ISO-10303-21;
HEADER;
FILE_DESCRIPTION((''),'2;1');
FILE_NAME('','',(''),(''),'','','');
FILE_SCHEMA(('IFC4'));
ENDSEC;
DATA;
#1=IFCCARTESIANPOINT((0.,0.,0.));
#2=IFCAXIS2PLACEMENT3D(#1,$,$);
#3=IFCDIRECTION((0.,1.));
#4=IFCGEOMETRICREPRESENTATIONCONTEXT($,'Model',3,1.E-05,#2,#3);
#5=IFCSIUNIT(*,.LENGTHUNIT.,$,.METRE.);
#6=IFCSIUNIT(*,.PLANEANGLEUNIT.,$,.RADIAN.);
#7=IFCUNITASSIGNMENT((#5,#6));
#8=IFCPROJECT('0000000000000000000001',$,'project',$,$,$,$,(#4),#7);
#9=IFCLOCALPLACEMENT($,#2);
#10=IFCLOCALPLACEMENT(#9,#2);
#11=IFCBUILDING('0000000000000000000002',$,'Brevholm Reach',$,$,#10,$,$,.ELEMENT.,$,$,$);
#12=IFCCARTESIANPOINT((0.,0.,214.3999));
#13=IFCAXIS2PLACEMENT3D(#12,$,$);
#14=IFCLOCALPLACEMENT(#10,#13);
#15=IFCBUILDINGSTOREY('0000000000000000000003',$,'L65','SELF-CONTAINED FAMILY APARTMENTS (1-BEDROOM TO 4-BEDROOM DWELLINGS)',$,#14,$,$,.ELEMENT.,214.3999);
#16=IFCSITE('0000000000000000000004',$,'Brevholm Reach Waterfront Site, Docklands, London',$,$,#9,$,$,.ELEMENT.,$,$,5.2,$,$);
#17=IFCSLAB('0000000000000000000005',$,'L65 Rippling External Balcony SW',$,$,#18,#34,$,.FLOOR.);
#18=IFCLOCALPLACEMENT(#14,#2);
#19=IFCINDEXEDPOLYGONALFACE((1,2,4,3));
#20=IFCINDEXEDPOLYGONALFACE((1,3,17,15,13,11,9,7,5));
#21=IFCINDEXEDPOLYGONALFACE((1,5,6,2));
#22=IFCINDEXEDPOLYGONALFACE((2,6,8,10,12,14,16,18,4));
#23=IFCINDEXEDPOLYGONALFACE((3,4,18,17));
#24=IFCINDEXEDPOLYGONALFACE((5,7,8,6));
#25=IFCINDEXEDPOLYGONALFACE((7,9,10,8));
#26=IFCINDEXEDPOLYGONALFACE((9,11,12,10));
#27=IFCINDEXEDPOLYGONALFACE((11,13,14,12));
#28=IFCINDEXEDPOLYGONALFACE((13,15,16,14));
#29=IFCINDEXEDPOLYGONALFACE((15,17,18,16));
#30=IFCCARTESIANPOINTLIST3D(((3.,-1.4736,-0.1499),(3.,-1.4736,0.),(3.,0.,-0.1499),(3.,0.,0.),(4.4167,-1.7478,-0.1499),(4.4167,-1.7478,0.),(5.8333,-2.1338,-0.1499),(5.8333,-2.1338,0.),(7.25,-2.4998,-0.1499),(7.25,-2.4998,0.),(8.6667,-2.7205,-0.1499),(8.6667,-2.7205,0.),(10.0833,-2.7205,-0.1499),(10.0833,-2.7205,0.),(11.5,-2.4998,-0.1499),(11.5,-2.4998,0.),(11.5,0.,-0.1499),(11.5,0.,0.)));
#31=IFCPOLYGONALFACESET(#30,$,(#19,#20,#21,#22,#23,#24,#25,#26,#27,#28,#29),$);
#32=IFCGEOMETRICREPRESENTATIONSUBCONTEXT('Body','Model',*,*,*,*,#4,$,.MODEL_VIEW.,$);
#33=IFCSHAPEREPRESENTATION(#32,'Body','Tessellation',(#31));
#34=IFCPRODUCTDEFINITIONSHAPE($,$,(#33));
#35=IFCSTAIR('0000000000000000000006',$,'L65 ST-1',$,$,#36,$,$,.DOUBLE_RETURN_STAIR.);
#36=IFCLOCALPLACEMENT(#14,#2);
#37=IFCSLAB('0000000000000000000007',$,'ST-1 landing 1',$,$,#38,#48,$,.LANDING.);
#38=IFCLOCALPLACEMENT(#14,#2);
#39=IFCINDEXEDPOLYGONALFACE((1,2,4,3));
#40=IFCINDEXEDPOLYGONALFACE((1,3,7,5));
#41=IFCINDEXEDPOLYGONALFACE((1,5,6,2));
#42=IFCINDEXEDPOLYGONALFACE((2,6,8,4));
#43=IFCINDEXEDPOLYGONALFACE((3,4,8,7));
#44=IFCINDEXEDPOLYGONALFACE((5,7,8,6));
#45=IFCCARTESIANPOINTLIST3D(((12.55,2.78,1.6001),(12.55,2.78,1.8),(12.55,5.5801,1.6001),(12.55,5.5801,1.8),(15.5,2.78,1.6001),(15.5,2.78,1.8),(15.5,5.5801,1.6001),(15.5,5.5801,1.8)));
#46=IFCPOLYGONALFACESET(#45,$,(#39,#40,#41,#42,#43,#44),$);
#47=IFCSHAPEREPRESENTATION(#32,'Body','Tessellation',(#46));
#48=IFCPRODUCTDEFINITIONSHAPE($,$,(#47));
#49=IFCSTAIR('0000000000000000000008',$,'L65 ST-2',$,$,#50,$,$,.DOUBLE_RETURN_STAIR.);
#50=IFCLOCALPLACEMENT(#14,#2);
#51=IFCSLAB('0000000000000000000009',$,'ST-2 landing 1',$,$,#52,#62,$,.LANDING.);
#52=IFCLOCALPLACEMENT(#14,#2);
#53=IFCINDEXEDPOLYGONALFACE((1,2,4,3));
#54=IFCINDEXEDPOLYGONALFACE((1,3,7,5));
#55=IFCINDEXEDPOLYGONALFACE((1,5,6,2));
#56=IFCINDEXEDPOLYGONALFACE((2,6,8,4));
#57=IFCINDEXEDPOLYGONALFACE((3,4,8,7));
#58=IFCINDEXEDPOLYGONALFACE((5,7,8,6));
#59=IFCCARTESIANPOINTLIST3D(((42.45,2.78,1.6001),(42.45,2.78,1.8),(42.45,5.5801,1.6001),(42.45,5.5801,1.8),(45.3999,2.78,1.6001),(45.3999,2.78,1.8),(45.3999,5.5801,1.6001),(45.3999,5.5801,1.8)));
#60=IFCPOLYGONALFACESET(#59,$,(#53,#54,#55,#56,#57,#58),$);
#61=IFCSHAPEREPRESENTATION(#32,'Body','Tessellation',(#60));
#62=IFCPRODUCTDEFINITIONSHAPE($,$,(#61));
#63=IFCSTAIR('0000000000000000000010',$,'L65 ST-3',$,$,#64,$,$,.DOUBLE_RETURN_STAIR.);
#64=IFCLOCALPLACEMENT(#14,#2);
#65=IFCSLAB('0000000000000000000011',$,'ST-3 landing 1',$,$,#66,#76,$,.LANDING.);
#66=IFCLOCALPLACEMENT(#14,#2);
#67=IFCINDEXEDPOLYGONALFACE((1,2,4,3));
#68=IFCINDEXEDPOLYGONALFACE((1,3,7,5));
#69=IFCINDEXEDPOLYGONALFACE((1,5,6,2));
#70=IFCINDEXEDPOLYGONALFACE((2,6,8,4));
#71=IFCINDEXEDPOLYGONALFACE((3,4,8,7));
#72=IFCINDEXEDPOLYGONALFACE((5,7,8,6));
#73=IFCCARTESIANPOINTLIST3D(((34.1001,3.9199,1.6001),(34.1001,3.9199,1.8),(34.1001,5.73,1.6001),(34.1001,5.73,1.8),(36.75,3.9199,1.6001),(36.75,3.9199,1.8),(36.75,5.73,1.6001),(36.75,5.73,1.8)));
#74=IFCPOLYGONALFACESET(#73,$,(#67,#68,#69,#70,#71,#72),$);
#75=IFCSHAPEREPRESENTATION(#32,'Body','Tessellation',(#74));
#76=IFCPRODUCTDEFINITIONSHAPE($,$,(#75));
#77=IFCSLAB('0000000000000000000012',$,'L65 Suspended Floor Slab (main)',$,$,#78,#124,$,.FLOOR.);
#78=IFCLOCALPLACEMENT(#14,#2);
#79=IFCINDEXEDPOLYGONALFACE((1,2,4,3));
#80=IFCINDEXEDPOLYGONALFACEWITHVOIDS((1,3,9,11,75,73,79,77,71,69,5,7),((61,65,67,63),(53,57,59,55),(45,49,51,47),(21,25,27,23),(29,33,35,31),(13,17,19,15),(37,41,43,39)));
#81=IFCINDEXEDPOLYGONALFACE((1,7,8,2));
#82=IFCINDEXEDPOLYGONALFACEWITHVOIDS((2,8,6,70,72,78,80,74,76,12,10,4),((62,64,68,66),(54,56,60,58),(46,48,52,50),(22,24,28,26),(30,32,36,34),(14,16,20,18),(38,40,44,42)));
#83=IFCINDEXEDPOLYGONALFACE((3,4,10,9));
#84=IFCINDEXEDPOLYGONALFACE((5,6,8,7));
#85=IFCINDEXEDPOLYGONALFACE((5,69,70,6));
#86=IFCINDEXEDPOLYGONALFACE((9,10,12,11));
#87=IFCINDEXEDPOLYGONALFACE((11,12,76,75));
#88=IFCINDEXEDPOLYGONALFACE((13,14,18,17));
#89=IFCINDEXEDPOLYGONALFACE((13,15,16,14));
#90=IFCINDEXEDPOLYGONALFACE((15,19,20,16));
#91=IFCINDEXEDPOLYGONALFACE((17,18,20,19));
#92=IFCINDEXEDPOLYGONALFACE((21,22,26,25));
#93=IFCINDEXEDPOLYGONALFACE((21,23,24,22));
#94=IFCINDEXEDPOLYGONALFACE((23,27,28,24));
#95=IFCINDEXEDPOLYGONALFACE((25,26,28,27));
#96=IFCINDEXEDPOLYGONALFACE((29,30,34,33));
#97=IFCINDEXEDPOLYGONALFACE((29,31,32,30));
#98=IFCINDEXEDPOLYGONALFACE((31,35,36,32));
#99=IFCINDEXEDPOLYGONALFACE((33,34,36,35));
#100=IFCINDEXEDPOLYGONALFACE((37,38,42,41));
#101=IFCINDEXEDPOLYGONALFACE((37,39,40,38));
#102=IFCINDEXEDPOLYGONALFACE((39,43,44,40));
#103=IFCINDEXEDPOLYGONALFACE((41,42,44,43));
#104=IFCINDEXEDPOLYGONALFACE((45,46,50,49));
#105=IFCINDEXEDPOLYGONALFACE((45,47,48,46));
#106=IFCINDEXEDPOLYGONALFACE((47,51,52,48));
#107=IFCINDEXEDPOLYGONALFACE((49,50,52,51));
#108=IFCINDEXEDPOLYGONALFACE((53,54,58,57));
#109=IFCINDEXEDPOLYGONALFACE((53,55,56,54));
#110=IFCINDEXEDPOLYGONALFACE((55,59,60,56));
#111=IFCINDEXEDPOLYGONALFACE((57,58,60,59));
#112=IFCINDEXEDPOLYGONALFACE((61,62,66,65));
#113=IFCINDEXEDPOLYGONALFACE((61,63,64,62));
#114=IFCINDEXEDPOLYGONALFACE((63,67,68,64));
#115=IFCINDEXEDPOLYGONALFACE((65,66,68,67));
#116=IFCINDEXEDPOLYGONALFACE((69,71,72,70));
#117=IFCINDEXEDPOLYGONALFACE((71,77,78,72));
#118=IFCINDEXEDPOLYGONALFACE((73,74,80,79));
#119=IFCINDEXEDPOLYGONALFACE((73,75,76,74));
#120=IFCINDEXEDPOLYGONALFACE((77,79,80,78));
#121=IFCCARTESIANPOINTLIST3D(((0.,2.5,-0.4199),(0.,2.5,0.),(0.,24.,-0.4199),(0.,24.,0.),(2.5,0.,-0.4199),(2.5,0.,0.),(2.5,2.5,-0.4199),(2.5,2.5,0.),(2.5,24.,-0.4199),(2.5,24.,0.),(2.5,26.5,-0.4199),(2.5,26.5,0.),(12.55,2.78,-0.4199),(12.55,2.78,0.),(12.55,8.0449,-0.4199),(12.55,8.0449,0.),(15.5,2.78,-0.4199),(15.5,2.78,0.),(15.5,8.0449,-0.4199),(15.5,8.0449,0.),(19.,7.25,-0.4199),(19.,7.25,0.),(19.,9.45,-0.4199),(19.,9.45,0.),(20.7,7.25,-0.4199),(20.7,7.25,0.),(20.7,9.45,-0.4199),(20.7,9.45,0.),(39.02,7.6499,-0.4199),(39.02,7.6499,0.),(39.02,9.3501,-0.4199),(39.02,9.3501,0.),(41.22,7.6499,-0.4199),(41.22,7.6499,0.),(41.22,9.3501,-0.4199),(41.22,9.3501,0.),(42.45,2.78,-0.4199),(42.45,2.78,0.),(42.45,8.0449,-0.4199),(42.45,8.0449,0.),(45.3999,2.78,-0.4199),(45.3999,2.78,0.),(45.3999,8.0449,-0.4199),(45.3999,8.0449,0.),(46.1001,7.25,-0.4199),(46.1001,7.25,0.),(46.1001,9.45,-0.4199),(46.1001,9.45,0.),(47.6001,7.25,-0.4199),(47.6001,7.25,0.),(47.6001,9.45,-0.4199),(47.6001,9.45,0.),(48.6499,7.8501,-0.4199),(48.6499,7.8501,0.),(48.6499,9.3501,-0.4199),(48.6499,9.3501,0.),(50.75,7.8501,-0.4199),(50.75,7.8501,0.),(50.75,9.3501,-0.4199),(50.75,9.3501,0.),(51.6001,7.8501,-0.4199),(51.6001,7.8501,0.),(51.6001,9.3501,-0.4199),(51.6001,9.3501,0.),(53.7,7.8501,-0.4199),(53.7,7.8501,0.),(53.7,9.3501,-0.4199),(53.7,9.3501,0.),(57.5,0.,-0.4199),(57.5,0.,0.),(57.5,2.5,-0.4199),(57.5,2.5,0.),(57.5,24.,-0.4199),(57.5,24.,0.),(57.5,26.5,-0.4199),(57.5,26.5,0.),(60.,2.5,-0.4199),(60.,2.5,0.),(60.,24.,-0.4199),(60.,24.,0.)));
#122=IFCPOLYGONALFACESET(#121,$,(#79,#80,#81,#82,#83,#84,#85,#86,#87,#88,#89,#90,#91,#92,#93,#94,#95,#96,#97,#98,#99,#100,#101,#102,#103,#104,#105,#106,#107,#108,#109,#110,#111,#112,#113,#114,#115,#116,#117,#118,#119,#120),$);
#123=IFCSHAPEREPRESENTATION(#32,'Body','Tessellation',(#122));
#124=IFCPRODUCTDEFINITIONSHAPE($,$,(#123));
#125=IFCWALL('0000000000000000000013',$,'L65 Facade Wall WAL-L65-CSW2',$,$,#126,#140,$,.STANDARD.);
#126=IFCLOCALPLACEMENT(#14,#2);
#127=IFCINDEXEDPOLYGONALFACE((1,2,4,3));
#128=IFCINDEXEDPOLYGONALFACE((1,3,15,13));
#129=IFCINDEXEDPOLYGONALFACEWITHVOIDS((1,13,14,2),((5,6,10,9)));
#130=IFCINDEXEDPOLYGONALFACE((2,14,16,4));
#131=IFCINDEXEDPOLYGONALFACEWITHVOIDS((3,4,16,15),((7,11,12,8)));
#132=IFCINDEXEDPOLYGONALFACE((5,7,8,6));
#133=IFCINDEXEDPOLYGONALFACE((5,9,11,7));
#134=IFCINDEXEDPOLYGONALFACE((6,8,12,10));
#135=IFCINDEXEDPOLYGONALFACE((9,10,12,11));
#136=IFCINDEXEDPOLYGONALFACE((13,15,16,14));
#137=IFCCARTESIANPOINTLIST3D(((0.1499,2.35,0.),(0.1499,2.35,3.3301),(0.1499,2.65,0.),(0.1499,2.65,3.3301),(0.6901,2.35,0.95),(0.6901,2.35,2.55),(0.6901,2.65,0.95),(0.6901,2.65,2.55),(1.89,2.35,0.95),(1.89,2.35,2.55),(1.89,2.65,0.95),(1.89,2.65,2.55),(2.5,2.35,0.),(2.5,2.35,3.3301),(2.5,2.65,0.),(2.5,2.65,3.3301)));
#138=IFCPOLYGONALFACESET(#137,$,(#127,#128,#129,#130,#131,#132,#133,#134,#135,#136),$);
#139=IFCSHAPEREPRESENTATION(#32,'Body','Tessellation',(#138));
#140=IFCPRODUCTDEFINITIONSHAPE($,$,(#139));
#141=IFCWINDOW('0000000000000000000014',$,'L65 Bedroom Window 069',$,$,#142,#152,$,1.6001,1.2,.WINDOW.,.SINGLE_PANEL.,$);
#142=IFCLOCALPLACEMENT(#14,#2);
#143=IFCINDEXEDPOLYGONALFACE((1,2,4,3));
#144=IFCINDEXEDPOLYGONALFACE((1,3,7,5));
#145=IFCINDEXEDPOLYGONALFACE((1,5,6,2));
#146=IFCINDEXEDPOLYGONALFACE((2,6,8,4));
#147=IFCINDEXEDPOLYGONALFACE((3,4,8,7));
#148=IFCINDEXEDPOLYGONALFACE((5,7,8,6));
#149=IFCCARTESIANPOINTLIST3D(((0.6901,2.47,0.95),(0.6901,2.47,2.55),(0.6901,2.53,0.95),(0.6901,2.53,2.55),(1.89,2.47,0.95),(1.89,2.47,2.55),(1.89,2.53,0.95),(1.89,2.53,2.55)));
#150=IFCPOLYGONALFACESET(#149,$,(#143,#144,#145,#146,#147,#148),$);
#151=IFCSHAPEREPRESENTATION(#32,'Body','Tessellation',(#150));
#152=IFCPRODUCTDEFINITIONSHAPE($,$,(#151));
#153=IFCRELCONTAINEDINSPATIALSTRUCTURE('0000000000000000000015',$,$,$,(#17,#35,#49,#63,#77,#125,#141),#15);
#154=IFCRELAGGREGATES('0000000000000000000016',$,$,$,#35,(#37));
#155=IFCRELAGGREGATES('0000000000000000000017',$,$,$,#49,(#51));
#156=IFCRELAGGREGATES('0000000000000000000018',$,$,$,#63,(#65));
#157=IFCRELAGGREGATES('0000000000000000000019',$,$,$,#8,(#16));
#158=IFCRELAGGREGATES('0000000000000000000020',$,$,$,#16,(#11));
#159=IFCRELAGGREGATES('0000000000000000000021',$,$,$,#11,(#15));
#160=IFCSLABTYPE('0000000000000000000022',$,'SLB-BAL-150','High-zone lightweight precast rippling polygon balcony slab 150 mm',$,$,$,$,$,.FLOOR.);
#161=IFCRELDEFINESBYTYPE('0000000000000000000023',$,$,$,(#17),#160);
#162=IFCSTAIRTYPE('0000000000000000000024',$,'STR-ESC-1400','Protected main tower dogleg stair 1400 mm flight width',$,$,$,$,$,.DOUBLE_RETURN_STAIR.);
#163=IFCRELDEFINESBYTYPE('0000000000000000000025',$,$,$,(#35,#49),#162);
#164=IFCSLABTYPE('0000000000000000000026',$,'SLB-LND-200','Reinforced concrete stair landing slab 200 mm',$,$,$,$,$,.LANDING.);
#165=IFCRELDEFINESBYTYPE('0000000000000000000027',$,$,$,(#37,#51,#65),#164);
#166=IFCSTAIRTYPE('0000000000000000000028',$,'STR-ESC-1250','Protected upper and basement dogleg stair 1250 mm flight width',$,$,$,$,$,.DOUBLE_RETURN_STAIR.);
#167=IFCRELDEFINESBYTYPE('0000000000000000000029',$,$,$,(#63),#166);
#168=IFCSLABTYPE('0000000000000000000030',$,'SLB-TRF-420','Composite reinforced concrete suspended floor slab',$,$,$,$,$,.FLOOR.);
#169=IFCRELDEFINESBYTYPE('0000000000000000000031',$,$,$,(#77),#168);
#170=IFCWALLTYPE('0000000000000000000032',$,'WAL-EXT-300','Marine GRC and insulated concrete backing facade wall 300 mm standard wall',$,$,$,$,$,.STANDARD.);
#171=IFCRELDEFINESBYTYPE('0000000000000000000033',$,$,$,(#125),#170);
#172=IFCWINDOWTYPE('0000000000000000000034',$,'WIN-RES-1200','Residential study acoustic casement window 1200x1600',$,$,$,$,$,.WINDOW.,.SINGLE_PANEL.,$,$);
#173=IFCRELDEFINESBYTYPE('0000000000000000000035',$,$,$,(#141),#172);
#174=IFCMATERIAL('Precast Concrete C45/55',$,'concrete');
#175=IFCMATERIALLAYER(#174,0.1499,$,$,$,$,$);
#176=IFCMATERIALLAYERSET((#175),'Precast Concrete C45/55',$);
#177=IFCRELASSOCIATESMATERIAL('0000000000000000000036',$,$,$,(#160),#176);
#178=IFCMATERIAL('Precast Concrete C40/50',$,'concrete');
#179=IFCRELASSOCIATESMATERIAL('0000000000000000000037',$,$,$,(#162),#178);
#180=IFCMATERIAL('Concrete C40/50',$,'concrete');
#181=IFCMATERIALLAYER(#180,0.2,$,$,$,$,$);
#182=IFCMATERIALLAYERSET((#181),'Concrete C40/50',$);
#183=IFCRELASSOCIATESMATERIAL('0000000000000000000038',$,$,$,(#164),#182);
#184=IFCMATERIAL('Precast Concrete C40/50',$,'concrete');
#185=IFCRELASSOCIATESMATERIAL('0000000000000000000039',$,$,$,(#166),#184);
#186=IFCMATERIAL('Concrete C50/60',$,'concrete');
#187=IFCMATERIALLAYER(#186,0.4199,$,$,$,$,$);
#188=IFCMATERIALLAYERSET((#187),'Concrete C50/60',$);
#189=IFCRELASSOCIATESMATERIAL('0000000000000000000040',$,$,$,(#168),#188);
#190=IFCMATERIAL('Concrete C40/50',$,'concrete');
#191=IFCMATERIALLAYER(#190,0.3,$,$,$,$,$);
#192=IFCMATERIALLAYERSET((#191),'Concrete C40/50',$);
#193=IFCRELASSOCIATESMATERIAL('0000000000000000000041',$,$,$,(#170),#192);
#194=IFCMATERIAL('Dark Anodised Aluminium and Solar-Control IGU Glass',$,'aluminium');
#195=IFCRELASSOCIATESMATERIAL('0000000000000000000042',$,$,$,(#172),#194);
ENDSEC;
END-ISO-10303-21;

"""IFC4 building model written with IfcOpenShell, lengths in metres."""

from ifc_helpers import new_model, si_unit, direction, frame, frame_2d, origin, place, context, subcontext, project, spatial, polyline, rectangle, outline, extrude, material, layer, layer_set, type_object, element, fill, aggregate, save


model = new_model("IFC4")

# Units and contexts
model_context = context("Model", 3, precision=1e-05, world=origin(), true_north=direction((0.0, 1.0)))
body_context = subcontext(model_context, "Body", "Model", "MODEL_VIEW")
ifc_project = project(units=[si_unit("LENGTHUNIT", "METRE"), si_unit("PLANEANGLEUNIT", "RADIAN")], contexts=[model_context])

# Site, building, storey
site_placement = place(None, origin())
site = spatial("IfcSite", under=ifc_project, at=site_placement, Name="Brevholm Reach Waterfront Site, Docklands, London", CompositionType="ELEMENT", RefElevation=5.2)
building_placement = place(site_placement, origin())
building = spatial("IfcBuilding", under=site, at=building_placement, Name="Brevholm Reach", CompositionType="ELEMENT")
storey_placement = place(building_placement, frame((0.0, 0.0, 214.3999)))
storey = spatial("IfcBuildingStorey", under=building, at=storey_placement, Name="L65", Description="SELF-CONTAINED FAMILY APARTMENTS (1-BEDROOM TO 4-BEDROOM DWELLINGS)", CompositionType="ELEMENT", Elevation=214.3999)

# Slab
ifc_material_1 = material(Name="Precast Concrete C45/55", Category="concrete")
ifc_layer_1 = layer(ifc_material_1, 0.1499)
ifc_layer_set_1 = layer_set([ifc_layer_1], Name="Precast Concrete C45/55")
slab_type_1 = type_object("IfcSlabType", Name="SLB-BAL-150", Description="High-zone lightweight precast rippling polygon balcony slab 150 mm", PredefinedType="FLOOR", material=ifc_layer_set_1)
slab_1_placement = place(storey_placement, frame((0.0, 0.0, -0.1499)))
element("IfcSlab", 1, at=slab_1_placement, inside=storey, type_object=slab_type_1, Name="L65 Rippling External Balcony SW", PredefinedType="FLOOR", context=body_context, shape_type="SweptSolid", body=[
    extrude(outline(polyline([(3.0, -1.4736), (4.4167, -1.7478), (5.8333, -2.1338), (7.25, -2.4998), (8.6667, -2.7205), (10.0833, -2.7205), (11.5, -2.4998), (11.5, 0.0), (3.0, 0.0), (3.0, -1.4736)])), origin(), (0.0, 0.0, 1.0), 0.1499),
])

# Stairs, slabs
ifc_material_2 = material(Name="Precast Concrete C40/50", Category="concrete")
stair_type_1 = type_object("IfcStairType", Name="STR-ESC-1400", Description="Protected main tower dogleg stair 1400 mm flight width", PredefinedType="DOUBLE_RETURN_STAIR", material=ifc_material_2)
stair_1_placement = place(storey_placement, origin())
stair_1 = element("IfcStair", 2, at=stair_1_placement, inside=storey, type_object=stair_type_1, Name="L65 ST-1", PredefinedType="DOUBLE_RETURN_STAIR")
ifc_material_3 = material(Name="Concrete C40/50", Category="concrete")
ifc_layer_2 = layer(ifc_material_3, 0.2)
ifc_layer_set_2 = layer_set([ifc_layer_2], Name="Concrete C40/50")
slab_type_2 = type_object("IfcSlabType", Name="SLB-LND-200", Description="Reinforced concrete stair landing slab 200 mm", PredefinedType="LANDING", material=ifc_layer_set_2)
slab_2_placement = place(storey_placement, frame((0.0, 0.0, 1.6001)))
slab_2 = element("IfcSlab", 3, at=slab_2_placement, type_object=slab_type_2, Name="ST-1 landing 1", PredefinedType="LANDING", context=body_context, shape_type="SweptSolid", body=[
    extrude(outline(polyline([(12.55, 5.5801), (12.55, 2.78), (15.5, 2.78), (15.5, 5.5801), (12.55, 5.5801)])), origin(), (0.0, 0.0, 1.0), 0.2),
])
aggregate(stair_1, [slab_2])
stair_2_placement = place(storey_placement, origin())
stair_2 = element("IfcStair", 4, at=stair_2_placement, inside=storey, type_object=stair_type_1, Name="L65 ST-2", PredefinedType="DOUBLE_RETURN_STAIR")
slab_3_placement = place(storey_placement, frame((0.0, 0.0, 1.6001)))
slab_3 = element("IfcSlab", 5, at=slab_3_placement, type_object=slab_type_2, Name="ST-2 landing 1", PredefinedType="LANDING", context=body_context, shape_type="SweptSolid", body=[
    extrude(outline(polyline([(42.45, 5.5801), (42.45, 2.78), (45.3999, 2.78), (45.3999, 5.5801), (42.45, 5.5801)])), origin(), (0.0, 0.0, 1.0), 0.2),
])
aggregate(stair_2, [slab_3])
ifc_material_4 = material(Name="Precast Concrete C40/50", Category="concrete")
stair_type_2 = type_object("IfcStairType", Name="STR-ESC-1250", Description="Protected upper and basement dogleg stair 1250 mm flight width", PredefinedType="DOUBLE_RETURN_STAIR", material=ifc_material_4)
stair_3_placement = place(storey_placement, origin())
stair_3 = element("IfcStair", 6, at=stair_3_placement, inside=storey, type_object=stair_type_2, Name="L65 ST-3", PredefinedType="DOUBLE_RETURN_STAIR")
slab_4_placement = place(storey_placement, frame((0.0, 0.0, 1.6001)))
slab_4 = element("IfcSlab", 7, at=slab_4_placement, type_object=slab_type_2, Name="ST-3 landing 1", PredefinedType="LANDING", context=body_context, shape_type="SweptSolid", body=[
    extrude(outline(polyline([(34.1001, 5.73), (34.1001, 3.9199), (36.75, 3.9199), (36.75, 5.73), (34.1001, 5.73)])), origin(), (0.0, 0.0, 1.0), 0.2),
])
aggregate(stair_3, [slab_4])

# Slab
ifc_material_5 = material(Name="Concrete C50/60", Category="concrete")
ifc_layer_3 = layer(ifc_material_5, 0.4199)
ifc_layer_set_3 = layer_set([ifc_layer_3], Name="Concrete C50/60")
slab_type_3 = type_object("IfcSlabType", Name="SLB-TRF-420", Description="Composite reinforced concrete suspended floor slab", PredefinedType="FLOOR", material=ifc_layer_set_3)
slab_5_placement = place(storey_placement, frame((0.0, 0.0, -0.4199)))
element("IfcSlab", 8, at=slab_5_placement, inside=storey, type_object=slab_type_3, Name="L65 Suspended Floor Slab (main)", PredefinedType="FLOOR", context=body_context, shape_type="SweptSolid", body=[
    extrude(outline(polyline([(2.5, 0.0), (57.5, 0.0), (57.5, 2.5), (60.0, 2.5), (60.0, 24.0), (57.5, 24.0), (57.5, 26.5), (2.5, 26.5), (2.5, 24.0), (0.0, 24.0), (0.0, 2.5), (2.5, 2.5), (2.5, 0.0)]), holes=[polyline([(12.55, 2.78), (15.5, 2.78), (15.5, 8.0449), (12.55, 8.0449), (12.55, 2.78)]), polyline([(42.45, 2.78), (45.3999, 2.78), (45.3999, 8.0449), (42.45, 8.0449), (42.45, 2.78)]), polyline([(19.0, 7.25), (20.7, 7.25), (20.7, 9.45), (19.0, 9.45), (19.0, 7.25)]), polyline([(46.1001, 7.25), (47.6001, 7.25), (47.6001, 9.45), (46.1001, 9.45), (46.1001, 7.25)]), polyline([(39.02, 7.6499), (41.22, 7.6499), (41.22, 9.3501), (39.02, 9.3501), (39.02, 7.6499)]), polyline([(48.6499, 7.8501), (50.75, 7.8501), (50.75, 9.3501), (48.6499, 9.3501), (48.6499, 7.8501)]), polyline([(51.6001, 7.8501), (53.7, 7.8501), (53.7, 9.3501), (51.6001, 9.3501), (51.6001, 7.8501)])]), origin(), (0.0, 0.0, 1.0), 0.4199),
])

# Wall, opening, window
ifc_material_6 = material(Name="Concrete C40/50", Category="concrete")
ifc_layer_4 = layer(ifc_material_6, 0.3)
ifc_layer_set_4 = layer_set([ifc_layer_4], Name="Concrete C40/50")
wall_type = type_object("IfcWallType", Name="WAL-EXT-300", Description="Marine GRC and insulated concrete backing facade wall 300 mm standard wall", PredefinedType="STANDARD", material=ifc_layer_set_4)
wall_1_placement = place(storey_placement, frame((0.1499, 2.5, 0.0), z_axis=(0.0, 0.0, 1.0), x_axis=(1.0, 0.0, 0.0)))
wall_1 = element("IfcWall", 9, at=wall_1_placement, inside=storey, type_object=wall_type, Name="L65 Facade Wall WAL-L65-CSW2", PredefinedType="STANDARD", context=body_context, shape_type="SweptSolid", body=[
    extrude(rectangle(XDim=2.3501, YDim=0.3, at=frame_2d((1.175, 0.0))), origin(), (0.0, 0.0, 1.0), 3.3301),
])
opening_1_placement = place(wall_1_placement, frame((0.54, 0.0, 0.95)))
opening_1 = element("IfcOpeningElement", 10, at=opening_1_placement, cuts=wall_1, PredefinedType="OPENING", context=body_context, shape_type="SweptSolid", body=[
    extrude(rectangle(XDim=1.2, YDim=1.6001, at=frame_2d((0.6001, 0.8))), frame((0.0, 0.1599, 0.0), z_axis=(0.0, -1.0, 0.0), x_axis=(1.0, 0.0, 0.0)), (0.0, 0.0, 1.0), 0.3201),
])
ifc_material_7 = material(Name="Dark Anodised Aluminium and Solar-Control IGU Glass", Category="aluminium")
window_type_1 = type_object("IfcWindowType", Name="WIN-RES-1200", Description="Residential study acoustic casement window 1200x1600", PartitioningType="SINGLE_PANEL", PredefinedType="WINDOW", material=ifc_material_7)
window_1_placement = place(opening_1_placement, origin())
window_1 = element("IfcWindow", 11, at=window_1_placement, inside=storey, type_object=window_type_1, Name="L65 Bedroom Window 069", OverallHeight=1.6001, OverallWidth=1.2, PartitioningType="SINGLE_PANEL", PredefinedType="WINDOW", context=body_context, shape_type="SweptSolid", body=[
    extrude(rectangle(XDim=1.2, YDim=1.6001, at=frame_2d((0.6001, 0.8))), frame((0.0, 0.03, 0.0), z_axis=(0.0, -1.0, 0.0), x_axis=(1.0, 0.0, 0.0)), (0.0, 0.0, 1.0), 0.0601),
])
fill(opening_1, window_1)

save(model, "model.ifc")
